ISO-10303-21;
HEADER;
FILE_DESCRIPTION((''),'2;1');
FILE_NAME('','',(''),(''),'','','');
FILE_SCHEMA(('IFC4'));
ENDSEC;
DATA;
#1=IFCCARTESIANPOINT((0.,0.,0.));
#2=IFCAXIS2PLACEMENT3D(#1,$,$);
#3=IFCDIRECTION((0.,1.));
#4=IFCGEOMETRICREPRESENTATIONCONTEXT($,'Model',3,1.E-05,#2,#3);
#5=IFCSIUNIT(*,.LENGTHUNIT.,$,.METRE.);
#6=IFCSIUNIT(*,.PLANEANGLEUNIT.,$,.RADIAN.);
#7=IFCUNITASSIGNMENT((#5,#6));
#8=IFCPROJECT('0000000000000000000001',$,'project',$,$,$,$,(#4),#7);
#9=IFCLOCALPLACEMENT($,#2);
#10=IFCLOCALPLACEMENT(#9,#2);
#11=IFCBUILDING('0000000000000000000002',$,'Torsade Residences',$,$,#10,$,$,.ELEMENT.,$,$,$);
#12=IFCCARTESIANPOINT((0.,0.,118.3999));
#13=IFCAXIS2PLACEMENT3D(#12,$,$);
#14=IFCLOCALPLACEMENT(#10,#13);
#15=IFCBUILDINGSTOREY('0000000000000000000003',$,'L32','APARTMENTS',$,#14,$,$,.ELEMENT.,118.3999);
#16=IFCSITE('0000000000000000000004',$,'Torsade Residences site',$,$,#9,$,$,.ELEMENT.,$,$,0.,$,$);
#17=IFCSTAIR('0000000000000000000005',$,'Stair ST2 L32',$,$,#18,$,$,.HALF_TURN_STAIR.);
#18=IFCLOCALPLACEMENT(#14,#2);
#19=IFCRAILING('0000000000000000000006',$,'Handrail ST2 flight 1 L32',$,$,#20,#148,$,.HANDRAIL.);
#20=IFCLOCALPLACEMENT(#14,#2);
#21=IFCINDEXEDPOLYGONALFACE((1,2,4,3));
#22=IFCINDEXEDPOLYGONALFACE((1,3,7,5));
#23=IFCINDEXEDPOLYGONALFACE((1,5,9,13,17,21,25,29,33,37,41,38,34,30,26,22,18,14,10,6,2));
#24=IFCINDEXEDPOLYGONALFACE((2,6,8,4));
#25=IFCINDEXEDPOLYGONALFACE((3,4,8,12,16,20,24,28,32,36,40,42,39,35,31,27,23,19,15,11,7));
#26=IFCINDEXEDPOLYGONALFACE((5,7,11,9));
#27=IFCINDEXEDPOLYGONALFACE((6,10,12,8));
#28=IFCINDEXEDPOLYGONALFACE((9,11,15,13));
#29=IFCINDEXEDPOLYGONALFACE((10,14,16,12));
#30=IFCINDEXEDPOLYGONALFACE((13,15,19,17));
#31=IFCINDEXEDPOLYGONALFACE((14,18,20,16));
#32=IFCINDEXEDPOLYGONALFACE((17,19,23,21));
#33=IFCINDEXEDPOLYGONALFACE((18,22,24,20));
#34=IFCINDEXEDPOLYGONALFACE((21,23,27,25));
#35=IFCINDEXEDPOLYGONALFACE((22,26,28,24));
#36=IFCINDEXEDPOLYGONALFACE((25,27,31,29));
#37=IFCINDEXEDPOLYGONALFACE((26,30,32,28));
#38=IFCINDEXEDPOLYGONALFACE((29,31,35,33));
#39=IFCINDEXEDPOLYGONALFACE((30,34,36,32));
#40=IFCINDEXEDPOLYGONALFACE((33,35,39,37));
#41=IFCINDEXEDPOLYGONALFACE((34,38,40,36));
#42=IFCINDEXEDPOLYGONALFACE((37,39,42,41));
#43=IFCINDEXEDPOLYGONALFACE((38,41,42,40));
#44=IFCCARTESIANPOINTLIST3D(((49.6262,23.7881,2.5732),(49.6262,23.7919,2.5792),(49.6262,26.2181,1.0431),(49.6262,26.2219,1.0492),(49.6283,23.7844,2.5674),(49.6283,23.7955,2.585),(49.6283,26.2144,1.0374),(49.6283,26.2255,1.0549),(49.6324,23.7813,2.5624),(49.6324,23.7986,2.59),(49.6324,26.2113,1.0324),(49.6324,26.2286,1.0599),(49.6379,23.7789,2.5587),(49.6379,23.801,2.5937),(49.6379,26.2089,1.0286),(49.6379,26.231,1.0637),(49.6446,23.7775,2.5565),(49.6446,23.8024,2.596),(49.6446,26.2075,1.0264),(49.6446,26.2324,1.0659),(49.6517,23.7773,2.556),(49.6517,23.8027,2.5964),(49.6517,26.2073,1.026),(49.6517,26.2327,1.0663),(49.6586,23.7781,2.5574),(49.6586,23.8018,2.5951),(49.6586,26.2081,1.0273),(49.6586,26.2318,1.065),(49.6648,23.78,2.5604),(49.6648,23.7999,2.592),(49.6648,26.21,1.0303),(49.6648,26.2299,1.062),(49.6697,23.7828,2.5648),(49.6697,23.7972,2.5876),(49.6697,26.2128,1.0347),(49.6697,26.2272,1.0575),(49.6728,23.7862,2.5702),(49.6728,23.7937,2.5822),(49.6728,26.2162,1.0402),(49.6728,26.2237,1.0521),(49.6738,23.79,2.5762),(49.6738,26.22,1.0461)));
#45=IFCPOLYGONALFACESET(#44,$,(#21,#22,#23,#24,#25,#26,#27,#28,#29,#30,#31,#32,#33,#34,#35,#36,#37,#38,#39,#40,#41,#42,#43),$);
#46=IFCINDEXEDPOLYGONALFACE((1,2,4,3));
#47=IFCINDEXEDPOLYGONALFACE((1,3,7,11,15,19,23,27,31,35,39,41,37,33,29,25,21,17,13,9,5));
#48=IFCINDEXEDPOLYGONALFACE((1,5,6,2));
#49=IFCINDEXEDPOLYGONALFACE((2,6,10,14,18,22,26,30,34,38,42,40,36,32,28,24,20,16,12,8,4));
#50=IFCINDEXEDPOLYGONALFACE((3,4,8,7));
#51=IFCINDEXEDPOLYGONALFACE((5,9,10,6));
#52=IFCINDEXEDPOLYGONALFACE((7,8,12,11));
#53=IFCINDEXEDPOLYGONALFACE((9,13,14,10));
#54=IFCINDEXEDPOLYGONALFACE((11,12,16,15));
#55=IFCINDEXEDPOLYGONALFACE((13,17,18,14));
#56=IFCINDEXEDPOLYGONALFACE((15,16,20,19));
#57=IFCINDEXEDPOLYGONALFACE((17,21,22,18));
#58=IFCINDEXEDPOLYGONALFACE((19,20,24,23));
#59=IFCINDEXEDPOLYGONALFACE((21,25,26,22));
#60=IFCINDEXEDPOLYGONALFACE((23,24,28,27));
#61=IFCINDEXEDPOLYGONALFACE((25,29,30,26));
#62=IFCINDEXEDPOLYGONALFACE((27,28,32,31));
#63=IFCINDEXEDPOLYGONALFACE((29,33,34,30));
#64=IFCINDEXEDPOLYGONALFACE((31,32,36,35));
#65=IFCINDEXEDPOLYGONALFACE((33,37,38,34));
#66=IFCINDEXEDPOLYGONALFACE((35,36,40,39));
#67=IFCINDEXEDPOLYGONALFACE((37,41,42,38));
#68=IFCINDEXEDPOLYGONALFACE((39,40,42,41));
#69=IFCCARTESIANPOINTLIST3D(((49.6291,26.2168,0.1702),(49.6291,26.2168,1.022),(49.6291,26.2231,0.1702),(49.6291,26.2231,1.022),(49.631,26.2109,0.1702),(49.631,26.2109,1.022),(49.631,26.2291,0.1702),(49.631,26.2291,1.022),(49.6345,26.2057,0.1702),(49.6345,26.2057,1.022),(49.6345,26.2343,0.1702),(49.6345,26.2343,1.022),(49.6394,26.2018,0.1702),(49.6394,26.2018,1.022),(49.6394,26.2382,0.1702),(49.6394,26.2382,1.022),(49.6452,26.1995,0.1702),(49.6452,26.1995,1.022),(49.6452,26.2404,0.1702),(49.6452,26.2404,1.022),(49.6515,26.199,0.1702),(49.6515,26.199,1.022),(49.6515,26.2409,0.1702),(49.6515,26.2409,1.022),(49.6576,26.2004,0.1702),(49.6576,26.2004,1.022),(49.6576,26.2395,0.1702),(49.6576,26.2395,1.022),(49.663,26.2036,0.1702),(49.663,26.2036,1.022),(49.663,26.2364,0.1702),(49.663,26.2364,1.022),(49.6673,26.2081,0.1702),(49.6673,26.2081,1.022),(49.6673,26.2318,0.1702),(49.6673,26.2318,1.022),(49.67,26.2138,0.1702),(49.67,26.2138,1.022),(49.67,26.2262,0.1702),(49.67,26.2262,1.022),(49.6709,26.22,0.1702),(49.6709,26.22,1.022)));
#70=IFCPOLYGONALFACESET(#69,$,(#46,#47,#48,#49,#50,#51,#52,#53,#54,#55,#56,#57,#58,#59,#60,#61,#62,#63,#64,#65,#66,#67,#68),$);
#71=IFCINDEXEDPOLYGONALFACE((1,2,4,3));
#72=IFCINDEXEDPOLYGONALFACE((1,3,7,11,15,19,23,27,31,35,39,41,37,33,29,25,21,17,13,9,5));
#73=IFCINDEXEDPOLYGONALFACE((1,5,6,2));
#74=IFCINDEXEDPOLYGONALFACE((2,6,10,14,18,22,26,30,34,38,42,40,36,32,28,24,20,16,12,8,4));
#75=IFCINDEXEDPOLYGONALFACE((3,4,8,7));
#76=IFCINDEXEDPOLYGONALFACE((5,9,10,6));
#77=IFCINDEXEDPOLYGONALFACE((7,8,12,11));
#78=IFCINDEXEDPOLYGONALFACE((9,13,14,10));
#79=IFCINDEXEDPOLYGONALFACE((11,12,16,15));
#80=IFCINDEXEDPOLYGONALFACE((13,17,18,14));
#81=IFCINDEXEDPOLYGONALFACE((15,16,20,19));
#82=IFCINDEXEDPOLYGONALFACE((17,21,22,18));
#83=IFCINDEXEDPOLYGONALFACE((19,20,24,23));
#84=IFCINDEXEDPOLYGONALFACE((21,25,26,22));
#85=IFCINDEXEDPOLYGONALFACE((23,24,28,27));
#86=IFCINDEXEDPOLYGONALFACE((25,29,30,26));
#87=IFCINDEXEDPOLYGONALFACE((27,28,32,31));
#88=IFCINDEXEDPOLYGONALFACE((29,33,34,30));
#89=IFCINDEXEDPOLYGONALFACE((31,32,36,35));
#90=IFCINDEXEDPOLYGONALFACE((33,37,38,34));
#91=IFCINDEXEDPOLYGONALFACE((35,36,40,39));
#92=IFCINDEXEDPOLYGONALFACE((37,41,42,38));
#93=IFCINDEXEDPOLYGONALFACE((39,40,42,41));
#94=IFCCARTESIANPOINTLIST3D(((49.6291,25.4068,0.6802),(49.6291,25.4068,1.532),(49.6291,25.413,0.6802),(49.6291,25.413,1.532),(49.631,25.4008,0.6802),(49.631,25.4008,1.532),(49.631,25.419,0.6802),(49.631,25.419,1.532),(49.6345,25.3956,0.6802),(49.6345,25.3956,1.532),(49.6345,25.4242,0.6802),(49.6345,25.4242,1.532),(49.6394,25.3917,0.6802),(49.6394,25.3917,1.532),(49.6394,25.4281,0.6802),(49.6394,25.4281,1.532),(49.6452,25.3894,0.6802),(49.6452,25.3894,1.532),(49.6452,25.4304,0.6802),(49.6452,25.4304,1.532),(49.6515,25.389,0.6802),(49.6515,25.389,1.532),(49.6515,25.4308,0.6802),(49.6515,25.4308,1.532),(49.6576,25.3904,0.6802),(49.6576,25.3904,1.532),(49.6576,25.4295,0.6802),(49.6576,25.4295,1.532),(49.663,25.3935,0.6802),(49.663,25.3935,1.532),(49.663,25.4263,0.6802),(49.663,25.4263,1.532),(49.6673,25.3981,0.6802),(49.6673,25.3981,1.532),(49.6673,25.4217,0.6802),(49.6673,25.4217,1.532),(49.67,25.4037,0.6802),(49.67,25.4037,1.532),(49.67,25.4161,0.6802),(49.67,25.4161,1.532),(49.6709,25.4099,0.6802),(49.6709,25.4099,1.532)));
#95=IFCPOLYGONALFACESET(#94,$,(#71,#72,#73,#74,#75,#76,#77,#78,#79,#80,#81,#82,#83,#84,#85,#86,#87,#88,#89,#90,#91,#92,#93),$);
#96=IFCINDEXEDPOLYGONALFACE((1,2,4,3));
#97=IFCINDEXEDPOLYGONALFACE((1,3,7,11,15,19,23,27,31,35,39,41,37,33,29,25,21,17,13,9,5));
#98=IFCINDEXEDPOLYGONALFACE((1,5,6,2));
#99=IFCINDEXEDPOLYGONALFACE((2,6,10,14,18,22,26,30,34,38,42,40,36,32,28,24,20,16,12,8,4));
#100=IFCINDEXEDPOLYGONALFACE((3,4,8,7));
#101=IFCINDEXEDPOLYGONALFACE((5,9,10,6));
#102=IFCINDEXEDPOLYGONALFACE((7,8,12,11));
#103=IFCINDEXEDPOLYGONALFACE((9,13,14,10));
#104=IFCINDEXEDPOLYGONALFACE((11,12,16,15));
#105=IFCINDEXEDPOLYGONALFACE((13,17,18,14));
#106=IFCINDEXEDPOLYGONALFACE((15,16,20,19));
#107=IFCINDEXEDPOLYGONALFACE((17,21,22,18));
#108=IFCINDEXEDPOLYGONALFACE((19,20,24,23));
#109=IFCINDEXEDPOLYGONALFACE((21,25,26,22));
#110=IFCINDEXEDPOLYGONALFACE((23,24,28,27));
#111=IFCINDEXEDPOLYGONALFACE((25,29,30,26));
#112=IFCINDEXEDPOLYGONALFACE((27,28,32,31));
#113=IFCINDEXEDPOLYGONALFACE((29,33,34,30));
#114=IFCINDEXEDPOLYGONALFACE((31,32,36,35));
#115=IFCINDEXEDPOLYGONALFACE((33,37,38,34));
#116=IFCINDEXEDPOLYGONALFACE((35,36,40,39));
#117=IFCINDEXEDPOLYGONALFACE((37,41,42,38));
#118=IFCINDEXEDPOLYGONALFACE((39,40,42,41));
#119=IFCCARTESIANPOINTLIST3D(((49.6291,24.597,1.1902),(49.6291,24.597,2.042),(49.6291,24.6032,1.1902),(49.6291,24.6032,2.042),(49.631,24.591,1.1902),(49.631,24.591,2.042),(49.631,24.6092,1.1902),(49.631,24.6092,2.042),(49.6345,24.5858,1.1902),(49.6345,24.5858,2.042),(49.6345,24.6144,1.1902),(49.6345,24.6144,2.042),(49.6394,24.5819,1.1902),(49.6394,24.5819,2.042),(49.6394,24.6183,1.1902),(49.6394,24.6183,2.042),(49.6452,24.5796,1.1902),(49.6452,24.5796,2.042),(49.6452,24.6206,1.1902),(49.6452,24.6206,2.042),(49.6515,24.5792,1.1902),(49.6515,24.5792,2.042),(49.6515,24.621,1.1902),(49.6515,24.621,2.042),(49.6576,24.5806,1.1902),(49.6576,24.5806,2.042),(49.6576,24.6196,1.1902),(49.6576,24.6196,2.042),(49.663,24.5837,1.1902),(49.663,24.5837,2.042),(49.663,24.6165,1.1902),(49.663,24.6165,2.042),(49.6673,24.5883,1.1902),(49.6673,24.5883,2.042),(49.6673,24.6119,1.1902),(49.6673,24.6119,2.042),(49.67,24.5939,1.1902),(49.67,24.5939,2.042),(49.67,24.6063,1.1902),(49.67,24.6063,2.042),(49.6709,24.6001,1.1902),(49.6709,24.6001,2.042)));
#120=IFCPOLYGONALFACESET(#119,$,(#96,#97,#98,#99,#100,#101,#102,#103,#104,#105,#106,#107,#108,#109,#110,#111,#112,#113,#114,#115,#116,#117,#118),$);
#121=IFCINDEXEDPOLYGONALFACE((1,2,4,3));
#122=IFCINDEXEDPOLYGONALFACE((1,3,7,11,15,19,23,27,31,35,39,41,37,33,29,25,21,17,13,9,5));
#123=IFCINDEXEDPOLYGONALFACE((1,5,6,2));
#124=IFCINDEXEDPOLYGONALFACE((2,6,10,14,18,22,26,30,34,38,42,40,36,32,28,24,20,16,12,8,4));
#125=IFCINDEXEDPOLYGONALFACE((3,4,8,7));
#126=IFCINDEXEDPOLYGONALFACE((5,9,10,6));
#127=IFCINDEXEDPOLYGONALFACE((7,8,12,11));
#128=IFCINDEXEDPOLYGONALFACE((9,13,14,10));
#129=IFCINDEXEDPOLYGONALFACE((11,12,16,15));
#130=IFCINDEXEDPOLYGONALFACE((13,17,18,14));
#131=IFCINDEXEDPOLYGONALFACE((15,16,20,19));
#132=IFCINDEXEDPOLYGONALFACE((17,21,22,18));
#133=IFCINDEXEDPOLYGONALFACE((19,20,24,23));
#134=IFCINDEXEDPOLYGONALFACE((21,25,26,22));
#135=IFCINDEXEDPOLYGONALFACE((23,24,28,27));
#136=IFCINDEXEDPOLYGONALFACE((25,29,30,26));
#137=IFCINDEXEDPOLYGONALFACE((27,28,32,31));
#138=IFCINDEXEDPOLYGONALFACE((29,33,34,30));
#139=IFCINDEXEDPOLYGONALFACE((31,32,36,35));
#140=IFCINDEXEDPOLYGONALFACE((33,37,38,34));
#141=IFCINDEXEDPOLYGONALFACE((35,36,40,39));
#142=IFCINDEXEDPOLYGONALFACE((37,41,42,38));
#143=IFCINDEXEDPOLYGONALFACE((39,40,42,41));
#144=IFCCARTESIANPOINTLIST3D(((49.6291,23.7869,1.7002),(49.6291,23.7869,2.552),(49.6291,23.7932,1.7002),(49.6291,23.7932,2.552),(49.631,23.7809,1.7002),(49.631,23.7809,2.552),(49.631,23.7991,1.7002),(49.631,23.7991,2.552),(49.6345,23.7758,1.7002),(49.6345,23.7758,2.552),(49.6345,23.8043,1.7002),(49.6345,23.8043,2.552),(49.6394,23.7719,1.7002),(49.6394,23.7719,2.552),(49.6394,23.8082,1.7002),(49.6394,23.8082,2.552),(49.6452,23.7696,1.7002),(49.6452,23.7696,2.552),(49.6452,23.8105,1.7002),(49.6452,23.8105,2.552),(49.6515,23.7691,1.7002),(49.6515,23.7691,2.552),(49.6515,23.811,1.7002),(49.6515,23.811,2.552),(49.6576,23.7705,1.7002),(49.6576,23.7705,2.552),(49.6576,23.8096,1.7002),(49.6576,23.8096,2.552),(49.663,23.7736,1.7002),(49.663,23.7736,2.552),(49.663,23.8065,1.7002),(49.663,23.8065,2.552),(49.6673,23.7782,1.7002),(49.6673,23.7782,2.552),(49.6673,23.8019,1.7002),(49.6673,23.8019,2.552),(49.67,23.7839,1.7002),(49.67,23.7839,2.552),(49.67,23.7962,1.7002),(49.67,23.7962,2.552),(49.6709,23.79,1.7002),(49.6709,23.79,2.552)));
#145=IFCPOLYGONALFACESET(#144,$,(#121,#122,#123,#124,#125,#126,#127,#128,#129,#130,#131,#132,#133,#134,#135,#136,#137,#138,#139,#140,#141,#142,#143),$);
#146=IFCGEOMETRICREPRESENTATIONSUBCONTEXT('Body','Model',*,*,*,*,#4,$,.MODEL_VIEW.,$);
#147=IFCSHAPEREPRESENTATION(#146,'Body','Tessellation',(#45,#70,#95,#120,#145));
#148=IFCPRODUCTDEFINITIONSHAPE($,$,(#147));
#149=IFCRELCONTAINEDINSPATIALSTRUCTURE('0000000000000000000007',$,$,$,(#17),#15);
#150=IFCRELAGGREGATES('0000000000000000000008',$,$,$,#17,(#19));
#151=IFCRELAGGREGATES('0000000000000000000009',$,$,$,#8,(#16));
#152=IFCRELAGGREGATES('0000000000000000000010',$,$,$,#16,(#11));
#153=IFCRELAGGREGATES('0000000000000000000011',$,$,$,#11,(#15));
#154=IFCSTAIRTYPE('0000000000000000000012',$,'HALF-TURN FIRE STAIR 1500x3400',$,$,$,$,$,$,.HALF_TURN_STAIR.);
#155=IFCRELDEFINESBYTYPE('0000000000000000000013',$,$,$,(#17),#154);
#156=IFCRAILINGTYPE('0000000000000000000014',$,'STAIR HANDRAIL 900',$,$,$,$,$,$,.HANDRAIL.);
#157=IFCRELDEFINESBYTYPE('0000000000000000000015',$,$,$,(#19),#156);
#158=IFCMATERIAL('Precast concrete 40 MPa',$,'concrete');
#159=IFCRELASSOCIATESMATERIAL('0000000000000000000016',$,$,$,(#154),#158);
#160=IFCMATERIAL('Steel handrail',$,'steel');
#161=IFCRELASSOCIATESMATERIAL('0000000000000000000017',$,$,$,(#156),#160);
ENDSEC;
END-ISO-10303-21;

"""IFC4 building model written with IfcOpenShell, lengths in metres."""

from ifc_helpers import new_model, si_unit, direction, frame, origin, origin_2d, place, context, subcontext, project, spatial, circle, extrude, material, type_object, element, aggregate, save


model = new_model("IFC4")

# Units and contexts
model_context = context("Model", 3, precision=1e-05, world=origin(), true_north=direction((0.0, 1.0)))
body_context = subcontext(model_context, "Body", "Model", "MODEL_VIEW")
ifc_project = project(units=[si_unit("LENGTHUNIT", "METRE"), si_unit("PLANEANGLEUNIT", "RADIAN")], contexts=[model_context])

# Site, building, storey
site_placement = place(None, origin())
site = spatial("IfcSite", under=ifc_project, at=site_placement, Name="Torsade Residences site", CompositionType="ELEMENT", RefElevation=0.0)
building_placement = place(site_placement, origin())
building = spatial("IfcBuilding", under=site, at=building_placement, Name="Torsade Residences", CompositionType="ELEMENT")
storey_placement = place(building_placement, frame((0.0, 0.0, 118.3999)))
storey = spatial("IfcBuildingStorey", under=building, at=storey_placement, Name="L32", Description="APARTMENTS", CompositionType="ELEMENT", Elevation=118.3999)

# Stair, railing
ifc_material_1 = material(Name="Precast concrete 40 MPa", Category="concrete")
stair_type = type_object("IfcStairType", Name="HALF-TURN FIRE STAIR 1500x3400", PredefinedType="HALF_TURN_STAIR", material=ifc_material_1)
stair_placement = place(storey_placement, origin())
stair = element("IfcStair", 1, at=stair_placement, inside=storey, type_object=stair_type, Name="Stair ST2 L32", PredefinedType="HALF_TURN_STAIR")
ifc_material_2 = material(Name="Steel handrail", Category="steel")
railing_type = type_object("IfcRailingType", Name="STAIR HANDRAIL 900", PredefinedType="HANDRAIL", material=ifc_material_2)
railing_1_placement = place(storey_placement, frame((49.6499, 26.22, 0.1702)))
railing_1 = element("IfcRailing", 2, at=railing_1_placement, type_object=railing_type, Name="Handrail ST2 flight 1 L32", PredefinedType="HANDRAIL", context=body_context, shape_type="SweptSolid", body=[
    extrude(circle(Radius=0.0239, at=origin_2d()), frame((0.0, 0.0, 0.876), z_axis=(0.0, -0.846221, 0.532831), x_axis=(1.0, 0.0, 0.0)), (0.0, 0.0, 1.0), 2.8716),
    extrude(circle(Radius=0.021, at=origin_2d()), origin(), (0.0, 0.0, 1.0), 0.8518),
    extrude(circle(Radius=0.021, at=origin_2d()), frame((0.0, -0.8101, 0.51)), (0.0, 0.0, 1.0), 0.8518),
    extrude(circle(Radius=0.021, at=origin_2d()), frame((0.0, -1.6199, 1.02)), (0.0, 0.0, 1.0), 0.8518),
    extrude(circle(Radius=0.021, at=origin_2d()), frame((0.0, -2.4299, 1.53)), (0.0, 0.0, 1.0), 0.8518),
])
aggregate(stair, [railing_1])

save(model, "model.ifc")
